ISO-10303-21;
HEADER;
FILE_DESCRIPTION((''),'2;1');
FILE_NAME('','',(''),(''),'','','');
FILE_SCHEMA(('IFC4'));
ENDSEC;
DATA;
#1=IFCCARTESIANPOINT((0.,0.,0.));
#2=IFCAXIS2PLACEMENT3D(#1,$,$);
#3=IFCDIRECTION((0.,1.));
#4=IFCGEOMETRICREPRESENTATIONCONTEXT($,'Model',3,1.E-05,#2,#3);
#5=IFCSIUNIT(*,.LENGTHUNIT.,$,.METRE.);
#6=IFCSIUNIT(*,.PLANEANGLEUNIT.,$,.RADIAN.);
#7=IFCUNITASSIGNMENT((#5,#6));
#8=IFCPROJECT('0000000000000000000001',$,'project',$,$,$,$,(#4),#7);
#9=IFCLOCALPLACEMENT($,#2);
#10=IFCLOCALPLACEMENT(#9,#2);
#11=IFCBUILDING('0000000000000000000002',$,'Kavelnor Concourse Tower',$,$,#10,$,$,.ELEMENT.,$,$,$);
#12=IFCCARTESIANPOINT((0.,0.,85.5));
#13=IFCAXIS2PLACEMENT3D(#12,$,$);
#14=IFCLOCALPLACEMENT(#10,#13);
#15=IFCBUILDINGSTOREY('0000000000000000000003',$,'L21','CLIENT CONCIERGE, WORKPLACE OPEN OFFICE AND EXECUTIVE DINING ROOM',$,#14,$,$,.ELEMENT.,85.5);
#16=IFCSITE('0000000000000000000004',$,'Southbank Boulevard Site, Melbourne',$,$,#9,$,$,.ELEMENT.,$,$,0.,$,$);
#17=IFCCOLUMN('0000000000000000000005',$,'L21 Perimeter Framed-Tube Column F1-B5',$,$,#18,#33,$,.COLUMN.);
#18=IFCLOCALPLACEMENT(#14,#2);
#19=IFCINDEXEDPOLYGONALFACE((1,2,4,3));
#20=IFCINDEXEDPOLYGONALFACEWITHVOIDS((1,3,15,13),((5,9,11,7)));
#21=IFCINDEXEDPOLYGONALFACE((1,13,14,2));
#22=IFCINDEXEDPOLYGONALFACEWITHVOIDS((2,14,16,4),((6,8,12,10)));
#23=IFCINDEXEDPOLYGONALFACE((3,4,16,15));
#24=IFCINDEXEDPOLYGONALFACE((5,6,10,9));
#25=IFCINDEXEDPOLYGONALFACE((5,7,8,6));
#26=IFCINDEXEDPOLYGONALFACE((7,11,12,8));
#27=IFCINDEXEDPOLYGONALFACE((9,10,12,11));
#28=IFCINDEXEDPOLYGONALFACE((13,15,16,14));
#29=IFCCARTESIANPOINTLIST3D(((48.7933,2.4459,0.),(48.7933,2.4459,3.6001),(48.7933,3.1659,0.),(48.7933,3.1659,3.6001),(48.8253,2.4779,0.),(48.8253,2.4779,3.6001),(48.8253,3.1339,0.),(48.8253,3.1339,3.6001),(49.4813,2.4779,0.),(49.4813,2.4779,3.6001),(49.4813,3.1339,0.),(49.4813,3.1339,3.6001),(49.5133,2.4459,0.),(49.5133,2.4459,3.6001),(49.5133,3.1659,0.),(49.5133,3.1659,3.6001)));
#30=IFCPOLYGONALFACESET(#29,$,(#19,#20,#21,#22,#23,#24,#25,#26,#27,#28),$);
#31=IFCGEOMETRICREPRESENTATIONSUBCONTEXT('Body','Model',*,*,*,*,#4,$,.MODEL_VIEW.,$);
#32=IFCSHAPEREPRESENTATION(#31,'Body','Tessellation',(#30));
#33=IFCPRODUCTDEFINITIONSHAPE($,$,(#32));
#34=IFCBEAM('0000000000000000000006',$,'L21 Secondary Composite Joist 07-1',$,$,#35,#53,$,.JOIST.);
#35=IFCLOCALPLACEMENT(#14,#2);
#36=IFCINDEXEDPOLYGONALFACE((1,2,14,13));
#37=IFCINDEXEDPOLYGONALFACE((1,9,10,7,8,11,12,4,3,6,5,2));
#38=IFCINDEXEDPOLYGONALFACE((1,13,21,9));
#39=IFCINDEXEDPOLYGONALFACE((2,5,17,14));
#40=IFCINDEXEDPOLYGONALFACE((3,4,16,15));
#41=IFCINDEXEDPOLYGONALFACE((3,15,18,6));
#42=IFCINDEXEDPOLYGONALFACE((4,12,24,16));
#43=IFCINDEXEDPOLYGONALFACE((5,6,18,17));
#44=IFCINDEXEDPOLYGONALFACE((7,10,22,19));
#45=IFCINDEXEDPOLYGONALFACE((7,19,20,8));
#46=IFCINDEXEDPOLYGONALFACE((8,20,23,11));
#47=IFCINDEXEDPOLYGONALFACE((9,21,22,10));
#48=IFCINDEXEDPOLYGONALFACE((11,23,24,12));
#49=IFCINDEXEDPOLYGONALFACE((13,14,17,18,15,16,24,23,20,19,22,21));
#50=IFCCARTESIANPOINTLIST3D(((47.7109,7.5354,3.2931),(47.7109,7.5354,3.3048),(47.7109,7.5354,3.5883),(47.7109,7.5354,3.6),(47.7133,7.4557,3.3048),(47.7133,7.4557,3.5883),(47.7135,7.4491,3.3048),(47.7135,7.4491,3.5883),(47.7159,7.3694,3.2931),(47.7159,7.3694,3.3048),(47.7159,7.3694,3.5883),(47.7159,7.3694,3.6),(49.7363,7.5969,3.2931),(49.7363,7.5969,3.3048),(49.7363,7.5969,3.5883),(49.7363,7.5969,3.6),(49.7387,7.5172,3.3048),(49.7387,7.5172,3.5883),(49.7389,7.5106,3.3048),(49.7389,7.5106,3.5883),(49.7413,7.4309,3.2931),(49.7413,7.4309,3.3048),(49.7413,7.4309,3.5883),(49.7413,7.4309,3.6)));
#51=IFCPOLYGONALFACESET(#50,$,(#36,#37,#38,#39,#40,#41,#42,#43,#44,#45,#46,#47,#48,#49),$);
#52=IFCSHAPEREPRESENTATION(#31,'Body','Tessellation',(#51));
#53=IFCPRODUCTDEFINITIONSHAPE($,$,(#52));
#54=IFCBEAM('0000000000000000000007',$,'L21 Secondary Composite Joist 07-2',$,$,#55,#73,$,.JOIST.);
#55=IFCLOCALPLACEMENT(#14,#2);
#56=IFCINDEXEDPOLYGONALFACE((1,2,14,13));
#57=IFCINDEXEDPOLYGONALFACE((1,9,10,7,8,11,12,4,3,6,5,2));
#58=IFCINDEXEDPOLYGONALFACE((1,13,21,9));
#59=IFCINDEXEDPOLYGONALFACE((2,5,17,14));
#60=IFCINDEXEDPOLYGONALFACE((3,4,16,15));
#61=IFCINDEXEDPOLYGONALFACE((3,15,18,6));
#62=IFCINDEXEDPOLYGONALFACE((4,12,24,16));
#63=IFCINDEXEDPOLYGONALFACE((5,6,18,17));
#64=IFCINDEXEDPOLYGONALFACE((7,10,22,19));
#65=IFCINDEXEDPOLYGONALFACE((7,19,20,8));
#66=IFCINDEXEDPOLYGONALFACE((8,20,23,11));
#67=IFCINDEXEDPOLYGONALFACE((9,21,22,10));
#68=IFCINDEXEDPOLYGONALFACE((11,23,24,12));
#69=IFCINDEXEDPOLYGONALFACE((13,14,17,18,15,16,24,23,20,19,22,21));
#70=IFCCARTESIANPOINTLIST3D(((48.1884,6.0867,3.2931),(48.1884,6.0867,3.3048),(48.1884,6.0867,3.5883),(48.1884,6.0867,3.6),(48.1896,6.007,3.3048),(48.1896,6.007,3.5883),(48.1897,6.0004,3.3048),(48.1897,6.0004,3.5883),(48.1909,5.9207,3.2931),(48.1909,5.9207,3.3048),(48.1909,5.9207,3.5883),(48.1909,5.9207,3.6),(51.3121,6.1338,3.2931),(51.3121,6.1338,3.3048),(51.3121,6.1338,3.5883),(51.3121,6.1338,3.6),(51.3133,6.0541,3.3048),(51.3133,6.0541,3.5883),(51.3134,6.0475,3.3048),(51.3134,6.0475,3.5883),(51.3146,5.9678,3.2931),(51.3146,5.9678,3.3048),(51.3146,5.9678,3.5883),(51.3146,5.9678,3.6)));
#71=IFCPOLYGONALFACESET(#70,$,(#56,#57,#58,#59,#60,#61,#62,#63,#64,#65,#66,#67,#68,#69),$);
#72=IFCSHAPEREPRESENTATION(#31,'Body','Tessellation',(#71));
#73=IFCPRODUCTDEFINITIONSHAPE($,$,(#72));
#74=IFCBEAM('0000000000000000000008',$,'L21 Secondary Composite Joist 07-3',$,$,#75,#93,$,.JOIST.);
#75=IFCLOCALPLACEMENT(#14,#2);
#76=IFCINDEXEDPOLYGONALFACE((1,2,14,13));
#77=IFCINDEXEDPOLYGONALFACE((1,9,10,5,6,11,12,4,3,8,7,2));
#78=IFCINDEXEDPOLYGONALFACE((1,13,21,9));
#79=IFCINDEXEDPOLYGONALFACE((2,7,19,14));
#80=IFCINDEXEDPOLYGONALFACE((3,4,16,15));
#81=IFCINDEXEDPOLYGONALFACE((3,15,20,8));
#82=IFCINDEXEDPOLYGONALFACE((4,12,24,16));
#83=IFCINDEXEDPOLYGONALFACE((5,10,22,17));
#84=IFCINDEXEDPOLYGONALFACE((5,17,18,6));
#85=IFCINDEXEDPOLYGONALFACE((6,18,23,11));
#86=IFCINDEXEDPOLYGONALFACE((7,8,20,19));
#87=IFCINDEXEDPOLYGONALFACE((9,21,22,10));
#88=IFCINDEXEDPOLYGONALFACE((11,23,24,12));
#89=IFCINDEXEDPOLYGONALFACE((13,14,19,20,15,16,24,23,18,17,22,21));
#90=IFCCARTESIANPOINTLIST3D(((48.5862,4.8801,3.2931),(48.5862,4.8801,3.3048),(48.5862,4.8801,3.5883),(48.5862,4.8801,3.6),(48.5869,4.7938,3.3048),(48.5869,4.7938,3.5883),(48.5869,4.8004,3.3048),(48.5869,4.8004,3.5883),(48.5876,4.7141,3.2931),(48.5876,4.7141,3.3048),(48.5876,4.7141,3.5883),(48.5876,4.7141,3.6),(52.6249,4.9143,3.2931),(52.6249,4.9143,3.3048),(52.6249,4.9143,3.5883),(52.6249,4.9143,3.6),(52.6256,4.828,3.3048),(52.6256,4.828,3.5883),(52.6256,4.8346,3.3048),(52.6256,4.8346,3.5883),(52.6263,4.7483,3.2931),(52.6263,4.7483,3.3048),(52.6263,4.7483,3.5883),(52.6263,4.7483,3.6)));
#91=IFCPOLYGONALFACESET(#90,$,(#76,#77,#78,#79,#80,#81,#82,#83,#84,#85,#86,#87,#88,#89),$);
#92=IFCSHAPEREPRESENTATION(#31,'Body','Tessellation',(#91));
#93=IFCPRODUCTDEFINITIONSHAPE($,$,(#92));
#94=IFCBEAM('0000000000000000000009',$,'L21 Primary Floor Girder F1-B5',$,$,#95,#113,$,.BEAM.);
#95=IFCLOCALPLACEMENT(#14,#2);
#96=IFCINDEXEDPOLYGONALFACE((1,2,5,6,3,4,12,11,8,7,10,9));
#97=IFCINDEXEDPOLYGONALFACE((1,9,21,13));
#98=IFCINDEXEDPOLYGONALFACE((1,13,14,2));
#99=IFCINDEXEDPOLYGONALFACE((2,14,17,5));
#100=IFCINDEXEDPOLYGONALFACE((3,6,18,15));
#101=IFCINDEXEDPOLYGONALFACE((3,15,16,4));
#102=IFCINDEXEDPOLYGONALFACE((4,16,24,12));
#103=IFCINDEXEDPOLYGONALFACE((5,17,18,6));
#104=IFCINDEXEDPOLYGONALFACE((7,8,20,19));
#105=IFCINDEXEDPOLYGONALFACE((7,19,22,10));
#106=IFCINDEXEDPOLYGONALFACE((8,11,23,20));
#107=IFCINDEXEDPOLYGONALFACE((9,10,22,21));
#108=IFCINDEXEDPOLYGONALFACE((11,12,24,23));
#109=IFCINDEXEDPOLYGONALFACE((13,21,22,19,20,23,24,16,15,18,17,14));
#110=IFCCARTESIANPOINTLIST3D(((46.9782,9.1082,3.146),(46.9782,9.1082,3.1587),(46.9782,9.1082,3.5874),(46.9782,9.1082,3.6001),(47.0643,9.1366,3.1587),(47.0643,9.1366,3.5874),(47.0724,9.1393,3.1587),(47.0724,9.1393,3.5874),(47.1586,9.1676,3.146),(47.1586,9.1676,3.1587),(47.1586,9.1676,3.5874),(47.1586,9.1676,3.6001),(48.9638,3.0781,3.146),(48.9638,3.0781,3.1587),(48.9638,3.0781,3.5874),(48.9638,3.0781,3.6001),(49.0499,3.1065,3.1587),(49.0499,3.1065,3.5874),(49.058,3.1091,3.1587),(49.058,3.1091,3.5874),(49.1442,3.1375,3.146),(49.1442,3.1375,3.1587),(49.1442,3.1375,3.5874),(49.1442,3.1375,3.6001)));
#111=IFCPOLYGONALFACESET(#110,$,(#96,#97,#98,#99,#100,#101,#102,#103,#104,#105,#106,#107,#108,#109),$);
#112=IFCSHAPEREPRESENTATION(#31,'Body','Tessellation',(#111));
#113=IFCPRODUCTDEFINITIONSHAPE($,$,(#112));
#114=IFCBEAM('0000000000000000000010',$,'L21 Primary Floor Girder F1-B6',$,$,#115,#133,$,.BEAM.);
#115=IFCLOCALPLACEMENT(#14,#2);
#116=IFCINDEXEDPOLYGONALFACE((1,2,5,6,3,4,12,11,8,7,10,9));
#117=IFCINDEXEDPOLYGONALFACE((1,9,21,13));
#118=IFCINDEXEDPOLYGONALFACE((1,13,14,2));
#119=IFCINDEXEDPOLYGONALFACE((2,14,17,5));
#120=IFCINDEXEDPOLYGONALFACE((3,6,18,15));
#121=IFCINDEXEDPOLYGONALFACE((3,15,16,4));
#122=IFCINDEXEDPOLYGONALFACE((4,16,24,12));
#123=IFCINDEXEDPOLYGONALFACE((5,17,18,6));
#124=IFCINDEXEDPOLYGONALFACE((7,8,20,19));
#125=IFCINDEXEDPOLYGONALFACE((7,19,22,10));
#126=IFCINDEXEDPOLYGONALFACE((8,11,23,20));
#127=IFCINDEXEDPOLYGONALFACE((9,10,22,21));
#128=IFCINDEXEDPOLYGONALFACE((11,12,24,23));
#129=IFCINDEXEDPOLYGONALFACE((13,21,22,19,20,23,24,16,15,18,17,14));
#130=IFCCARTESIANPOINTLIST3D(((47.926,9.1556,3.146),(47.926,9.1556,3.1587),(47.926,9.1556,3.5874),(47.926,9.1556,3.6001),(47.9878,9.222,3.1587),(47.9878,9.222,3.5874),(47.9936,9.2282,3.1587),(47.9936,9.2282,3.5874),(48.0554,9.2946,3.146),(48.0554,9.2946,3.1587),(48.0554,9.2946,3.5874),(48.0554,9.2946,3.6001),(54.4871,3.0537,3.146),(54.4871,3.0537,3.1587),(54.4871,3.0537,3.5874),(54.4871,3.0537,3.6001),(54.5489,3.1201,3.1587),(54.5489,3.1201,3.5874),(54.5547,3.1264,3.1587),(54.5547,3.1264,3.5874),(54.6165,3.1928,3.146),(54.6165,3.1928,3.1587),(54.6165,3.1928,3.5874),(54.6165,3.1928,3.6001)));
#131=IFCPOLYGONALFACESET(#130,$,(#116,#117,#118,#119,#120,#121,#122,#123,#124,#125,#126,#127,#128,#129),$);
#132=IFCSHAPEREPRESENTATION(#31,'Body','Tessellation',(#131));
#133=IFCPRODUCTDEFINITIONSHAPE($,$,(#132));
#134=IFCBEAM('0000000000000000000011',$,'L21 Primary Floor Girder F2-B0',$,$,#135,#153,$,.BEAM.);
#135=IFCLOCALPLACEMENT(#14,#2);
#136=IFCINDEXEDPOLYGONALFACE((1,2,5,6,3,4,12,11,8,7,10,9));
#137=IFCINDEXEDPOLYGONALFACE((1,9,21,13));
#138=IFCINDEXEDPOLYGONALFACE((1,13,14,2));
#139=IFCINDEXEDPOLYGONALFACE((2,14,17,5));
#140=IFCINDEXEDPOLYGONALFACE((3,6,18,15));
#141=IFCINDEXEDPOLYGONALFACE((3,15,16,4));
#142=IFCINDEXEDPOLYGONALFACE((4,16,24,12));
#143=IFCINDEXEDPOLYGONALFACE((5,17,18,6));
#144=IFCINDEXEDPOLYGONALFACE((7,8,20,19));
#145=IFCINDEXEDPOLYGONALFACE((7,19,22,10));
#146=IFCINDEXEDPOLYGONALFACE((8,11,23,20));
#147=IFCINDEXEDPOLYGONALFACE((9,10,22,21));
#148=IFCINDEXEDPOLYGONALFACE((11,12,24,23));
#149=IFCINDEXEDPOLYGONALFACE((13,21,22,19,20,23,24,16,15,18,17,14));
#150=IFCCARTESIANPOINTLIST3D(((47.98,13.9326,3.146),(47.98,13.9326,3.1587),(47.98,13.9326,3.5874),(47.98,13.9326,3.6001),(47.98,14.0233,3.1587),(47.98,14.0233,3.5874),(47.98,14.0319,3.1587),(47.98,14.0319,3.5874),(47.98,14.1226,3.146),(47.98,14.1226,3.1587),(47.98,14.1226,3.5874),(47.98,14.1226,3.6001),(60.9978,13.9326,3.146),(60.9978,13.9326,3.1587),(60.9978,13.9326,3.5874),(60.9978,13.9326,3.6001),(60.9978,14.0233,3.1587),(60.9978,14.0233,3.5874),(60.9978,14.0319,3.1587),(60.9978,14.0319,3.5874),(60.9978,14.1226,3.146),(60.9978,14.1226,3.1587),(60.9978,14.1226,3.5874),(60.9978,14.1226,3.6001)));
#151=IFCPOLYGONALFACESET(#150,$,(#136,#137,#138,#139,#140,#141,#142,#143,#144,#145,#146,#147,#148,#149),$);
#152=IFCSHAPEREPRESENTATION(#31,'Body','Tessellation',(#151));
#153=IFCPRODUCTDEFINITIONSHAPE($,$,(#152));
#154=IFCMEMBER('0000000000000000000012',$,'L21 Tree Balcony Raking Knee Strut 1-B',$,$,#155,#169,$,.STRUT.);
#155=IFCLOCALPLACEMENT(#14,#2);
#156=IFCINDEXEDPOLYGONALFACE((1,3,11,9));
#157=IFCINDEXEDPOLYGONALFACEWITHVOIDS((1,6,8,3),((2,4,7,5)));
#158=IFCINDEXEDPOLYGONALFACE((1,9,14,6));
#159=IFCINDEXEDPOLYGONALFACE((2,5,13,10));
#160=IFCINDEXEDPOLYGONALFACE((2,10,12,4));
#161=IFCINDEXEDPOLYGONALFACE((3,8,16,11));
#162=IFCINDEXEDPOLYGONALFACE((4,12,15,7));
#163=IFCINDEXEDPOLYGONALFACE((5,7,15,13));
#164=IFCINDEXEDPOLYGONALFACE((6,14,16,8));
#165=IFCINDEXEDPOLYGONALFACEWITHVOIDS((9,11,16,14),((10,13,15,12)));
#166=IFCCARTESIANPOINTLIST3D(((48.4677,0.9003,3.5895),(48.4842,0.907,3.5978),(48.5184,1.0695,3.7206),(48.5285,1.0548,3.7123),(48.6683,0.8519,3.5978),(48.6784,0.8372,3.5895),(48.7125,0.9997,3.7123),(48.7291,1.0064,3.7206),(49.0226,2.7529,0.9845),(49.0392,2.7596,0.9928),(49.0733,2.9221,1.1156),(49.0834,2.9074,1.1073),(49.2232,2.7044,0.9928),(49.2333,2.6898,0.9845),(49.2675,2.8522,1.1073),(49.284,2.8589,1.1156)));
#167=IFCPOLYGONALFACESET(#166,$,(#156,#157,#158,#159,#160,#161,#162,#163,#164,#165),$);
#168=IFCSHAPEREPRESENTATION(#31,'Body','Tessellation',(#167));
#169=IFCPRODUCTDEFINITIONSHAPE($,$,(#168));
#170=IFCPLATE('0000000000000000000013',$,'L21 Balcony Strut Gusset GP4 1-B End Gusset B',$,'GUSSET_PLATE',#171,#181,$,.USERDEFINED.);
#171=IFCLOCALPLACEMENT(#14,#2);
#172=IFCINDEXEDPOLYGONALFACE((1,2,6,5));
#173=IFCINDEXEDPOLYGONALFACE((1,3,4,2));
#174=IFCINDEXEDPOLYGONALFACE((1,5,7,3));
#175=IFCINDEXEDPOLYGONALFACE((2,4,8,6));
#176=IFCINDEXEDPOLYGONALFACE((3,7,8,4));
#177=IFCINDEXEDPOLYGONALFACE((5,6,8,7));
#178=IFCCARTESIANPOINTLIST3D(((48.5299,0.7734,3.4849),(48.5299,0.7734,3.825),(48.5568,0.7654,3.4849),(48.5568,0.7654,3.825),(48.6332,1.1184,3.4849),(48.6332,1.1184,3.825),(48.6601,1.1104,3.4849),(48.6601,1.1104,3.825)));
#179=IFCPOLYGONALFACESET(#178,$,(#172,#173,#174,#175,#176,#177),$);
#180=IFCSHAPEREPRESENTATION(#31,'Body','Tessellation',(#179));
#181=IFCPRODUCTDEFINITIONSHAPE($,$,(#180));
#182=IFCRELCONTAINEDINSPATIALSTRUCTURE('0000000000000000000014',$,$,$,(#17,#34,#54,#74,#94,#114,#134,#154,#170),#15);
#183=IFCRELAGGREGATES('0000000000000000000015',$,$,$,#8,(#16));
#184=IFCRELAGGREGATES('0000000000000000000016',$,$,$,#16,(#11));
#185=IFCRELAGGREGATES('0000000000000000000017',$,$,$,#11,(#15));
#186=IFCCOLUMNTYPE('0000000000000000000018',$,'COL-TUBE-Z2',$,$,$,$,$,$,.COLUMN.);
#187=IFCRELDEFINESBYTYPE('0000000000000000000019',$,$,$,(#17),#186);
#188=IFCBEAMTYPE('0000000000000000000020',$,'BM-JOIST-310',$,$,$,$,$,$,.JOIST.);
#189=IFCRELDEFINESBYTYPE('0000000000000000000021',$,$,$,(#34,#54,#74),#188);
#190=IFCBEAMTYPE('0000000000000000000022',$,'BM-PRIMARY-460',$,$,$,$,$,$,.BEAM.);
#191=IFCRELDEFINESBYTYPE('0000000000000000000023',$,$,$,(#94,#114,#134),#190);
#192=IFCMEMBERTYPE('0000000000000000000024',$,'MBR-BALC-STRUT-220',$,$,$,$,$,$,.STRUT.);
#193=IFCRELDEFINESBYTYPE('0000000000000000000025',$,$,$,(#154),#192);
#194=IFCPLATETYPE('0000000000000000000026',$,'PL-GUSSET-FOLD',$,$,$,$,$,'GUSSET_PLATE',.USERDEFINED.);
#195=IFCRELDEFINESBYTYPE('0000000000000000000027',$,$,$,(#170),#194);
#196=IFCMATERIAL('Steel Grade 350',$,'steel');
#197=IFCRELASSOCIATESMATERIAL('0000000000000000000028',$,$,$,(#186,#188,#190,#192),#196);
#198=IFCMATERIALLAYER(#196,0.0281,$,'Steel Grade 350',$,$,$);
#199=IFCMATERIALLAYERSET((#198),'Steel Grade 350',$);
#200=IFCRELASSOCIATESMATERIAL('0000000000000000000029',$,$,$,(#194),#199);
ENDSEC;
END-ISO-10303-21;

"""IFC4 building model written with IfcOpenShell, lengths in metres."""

from ifc_helpers import new_model, si_unit, direction, frame, origin, origin_2d, place, context, subcontext, project, spatial, rectangle, hollow_rectangle, i_section, extrude, material, layer, layer_set, material_profile, profile_set, type_object, element, save


model = new_model("IFC4")

# Units and contexts
model_context = context("Model", 3, precision=1e-05, world=origin(), true_north=direction((0.0, 1.0)))
body_context = subcontext(model_context, "Body", "Model", "MODEL_VIEW")
ifc_project = project(units=[si_unit("LENGTHUNIT", "METRE"), si_unit("PLANEANGLEUNIT", "RADIAN")], contexts=[model_context])

# Site, building, storey
site_placement = place(None, origin())
site = spatial("IfcSite", under=ifc_project, at=site_placement, Name="Southbank Boulevard Site, Melbourne", CompositionType="ELEMENT", RefElevation=0.0)
building_placement = place(site_placement, origin())
building = spatial("IfcBuilding", under=site, at=building_placement, Name="Kavelnor Concourse Tower", CompositionType="ELEMENT")
storey_placement = place(building_placement, frame((0.0, 0.0, 85.5)))
storey = spatial("IfcBuildingStorey", under=building, at=storey_placement, Name="L21", Description="CLIENT CONCIERGE, WORKPLACE OPEN OFFICE AND EXECUTIVE DINING ROOM", CompositionType="ELEMENT", Elevation=85.5)

# Column
ifc_material_1 = material(Name="Steel Grade 350", Category="steel")
ifc_material_profile_1 = material_profile(ifc_material_1, hollow_rectangle(XDim=0.72, YDim=0.72, WallThickness=0.032, at=origin_2d()), Name="SHS 720x720x32")
ifc_profile_set_1 = profile_set([ifc_material_profile_1], Name="Steel Grade 350")
column_type = type_object("IfcColumnType", Name="COL-TUBE-Z2", PredefinedType="COLUMN", material=ifc_profile_set_1)
column_placement = place(storey_placement, frame((49.1533, 2.8059, 0.0), z_axis=(0.0, 0.0, 1.0), x_axis=(1.0, 0.0, 0.0)))
element("IfcColumn", 1, at=column_placement, inside=storey, type_object=column_type, Name="L21 Perimeter Framed-Tube Column F1-B5", PredefinedType="COLUMN", context=body_context, shape_type="SweptSolid", body=[
    extrude(hollow_rectangle(XDim=0.72, YDim=0.72, WallThickness=0.032, at=origin_2d()), origin(), (0.0, 0.0, 1.0), 3.6001),
])

# Beams
ifc_material_profile_2 = material_profile(ifc_material_1, i_section(OverallWidth=0.166, OverallDepth=0.3069, WebThickness=0.0066, FlangeThickness=0.0117, at=origin_2d()), Name="310UB46")
ifc_profile_set_2 = profile_set([ifc_material_profile_2], Name="Steel Grade 350")
beam_type_1 = type_object("IfcBeamType", Name="BM-JOIST-310", PredefinedType="JOIST", material=ifc_profile_set_2)
beam_1_placement = place(storey_placement, frame((47.7134, 7.4524, 3.4465), z_axis=(0.999539, 0.030362, 0.0), x_axis=(-0.030362, 0.999539, 0.0)))
element("IfcBeam", 2, at=beam_1_placement, inside=storey, type_object=beam_type_1, Name="L21 Secondary Composite Joist 07-1", PredefinedType="JOIST", context=body_context, shape_type="SweptSolid", body=[
    extrude(i_section(OverallWidth=0.166, OverallDepth=0.3069, WebThickness=0.0066, FlangeThickness=0.0117, at=origin_2d()), origin(), (0.0, 0.0, 1.0), 2.0264),
])
beam_2_placement = place(storey_placement, frame((48.1897, 6.0037, 3.4465), z_axis=(0.999886, 0.015082, 0.0), x_axis=(-0.015082, 0.999886, 0.0)))
element("IfcBeam", 3, at=beam_2_placement, inside=storey, type_object=beam_type_1, Name="L21 Secondary Composite Joist 07-2", PredefinedType="JOIST", context=body_context, shape_type="SweptSolid", body=[
    extrude(i_section(OverallWidth=0.166, OverallDepth=0.3069, WebThickness=0.0066, FlangeThickness=0.0117, at=origin_2d()), origin(), (0.0, 0.0, 1.0), 3.124),
])
beam_3_placement = place(storey_placement, frame((48.5869, 4.7971, 3.4465), z_axis=(0.999964, 0.008463, 0.0), x_axis=(-0.008463, 0.999964, 0.0)))
element("IfcBeam", 4, at=beam_3_placement, inside=storey, type_object=beam_type_1, Name="L21 Secondary Composite Joist 07-3", PredefinedType="JOIST", context=body_context, shape_type="SweptSolid", body=[
    extrude(i_section(OverallWidth=0.166, OverallDepth=0.3069, WebThickness=0.0066, FlangeThickness=0.0117, at=origin_2d()), origin(), (0.0, 0.0, 1.0), 4.0388),
])
ifc_material_profile_3 = material_profile(ifc_material_1, i_section(OverallWidth=0.1899, OverallDepth=0.4541, WebThickness=0.0085, FlangeThickness=0.0127, at=origin_2d()), Name="460UB67")
ifc_profile_set_3 = profile_set([ifc_material_profile_3], Name="Steel Grade 350")
beam_type_2 = type_object("IfcBeamType", Name="BM-PRIMARY-460", PredefinedType="BEAM", material=ifc_profile_set_3)
beam_4_placement = place(storey_placement, frame((47.0684, 9.1379, 3.373), z_axis=(0.312765, -0.949831, 0.0), x_axis=(0.949831, 0.312765, 0.0)))
element("IfcBeam", 5, at=beam_4_placement, inside=storey, type_object=beam_type_2, Name="L21 Primary Floor Girder F1-B5", PredefinedType="BEAM", context=body_context, shape_type="SweptSolid", body=[
    extrude(i_section(OverallWidth=0.1899, OverallDepth=0.4541, WebThickness=0.0085, FlangeThickness=0.0127, at=origin_2d()), origin(), (0.0, 0.0, 1.0), 6.3486),
])
beam_5_placement = place(storey_placement, frame((47.9907, 9.2251, 3.373), z_axis=(0.732269, -0.681015, 0.0), x_axis=(0.681015, 0.732269, 0.0)))
element("IfcBeam", 6, at=beam_5_placement, inside=storey, type_object=beam_type_2, Name="L21 Primary Floor Girder F1-B6", PredefinedType="BEAM", context=body_context, shape_type="SweptSolid", body=[
    extrude(i_section(OverallWidth=0.1899, OverallDepth=0.4541, WebThickness=0.0085, FlangeThickness=0.0127, at=origin_2d()), origin(), (0.0, 0.0, 1.0), 8.96),
])
beam_6_placement = place(storey_placement, frame((47.98, 14.0276, 3.373), z_axis=(1.0, 0.0, 0.0), x_axis=(0.0, 1.0, 0.0)))
element("IfcBeam", 7, at=beam_6_placement, inside=storey, type_object=beam_type_2, Name="L21 Primary Floor Girder F2-B0", PredefinedType="BEAM", context=body_context, shape_type="SweptSolid", body=[
    extrude(i_section(OverallWidth=0.1899, OverallDepth=0.4541, WebThickness=0.0085, FlangeThickness=0.0127, at=origin_2d()), origin(), (0.0, 0.0, 1.0), 13.0178),
])

# Member
ifc_material_profile_4 = material_profile(ifc_material_1, hollow_rectangle(XDim=0.22, YDim=0.22, WallThickness=0.0139, at=origin_2d()), Name="SHS 220x220x14")
ifc_profile_set_4 = profile_set([ifc_material_profile_4], Name="Steel Grade 350")
member_type = type_object("IfcMemberType", Name="MBR-BALC-STRUT-220", PredefinedType="STRUT", material=ifc_profile_set_4)
member_placement = place(storey_placement, frame((49.1533, 2.8059, 1.05), z_axis=(-0.171046, -0.571006, 0.80293), x_axis=(0.957944, -0.286954, 0.0)))
element("IfcMember", 8, at=member_placement, inside=storey, type_object=member_type, Name="L21 Tree Balcony Raking Knee Strut 1-B", PredefinedType="STRUT", context=body_context, shape_type="SweptSolid", body=[
    extrude(hollow_rectangle(XDim=0.22, YDim=0.22, WallThickness=0.0139, at=origin_2d()), origin(), (0.0, 0.0, 1.0), 3.2444),
])

# Plate
ifc_layer_1 = layer(ifc_material_1, 0.0281, Name="Steel Grade 350")
ifc_layer_set_1 = layer_set([ifc_layer_1], Name="Steel Grade 350")
plate_type_1 = type_object("IfcPlateType", Name="PL-GUSSET-FOLD", ElementType="GUSSET_PLATE", PredefinedType="USERDEFINED", material=ifc_layer_set_1)
plate_1_placement = place(storey_placement, frame((48.595, 0.9419, 3.4849), z_axis=(0.0, 0.0, 1.0), x_axis=(-0.286859, -0.957973, 0.0)))
element("IfcPlate", 9, at=plate_1_placement, inside=storey, type_object=plate_type_1, Name="L21 Balcony Strut Gusset GP4 1-B End Gusset B", ObjectType="GUSSET_PLATE", PredefinedType="USERDEFINED", context=body_context, shape_type="SweptSolid", body=[
    extrude(rectangle(XDim=0.3601, YDim=0.0281, at=origin_2d()), origin(), (0.0, 0.0, 1.0), 0.3401),
])

save(model, "model.ifc")
